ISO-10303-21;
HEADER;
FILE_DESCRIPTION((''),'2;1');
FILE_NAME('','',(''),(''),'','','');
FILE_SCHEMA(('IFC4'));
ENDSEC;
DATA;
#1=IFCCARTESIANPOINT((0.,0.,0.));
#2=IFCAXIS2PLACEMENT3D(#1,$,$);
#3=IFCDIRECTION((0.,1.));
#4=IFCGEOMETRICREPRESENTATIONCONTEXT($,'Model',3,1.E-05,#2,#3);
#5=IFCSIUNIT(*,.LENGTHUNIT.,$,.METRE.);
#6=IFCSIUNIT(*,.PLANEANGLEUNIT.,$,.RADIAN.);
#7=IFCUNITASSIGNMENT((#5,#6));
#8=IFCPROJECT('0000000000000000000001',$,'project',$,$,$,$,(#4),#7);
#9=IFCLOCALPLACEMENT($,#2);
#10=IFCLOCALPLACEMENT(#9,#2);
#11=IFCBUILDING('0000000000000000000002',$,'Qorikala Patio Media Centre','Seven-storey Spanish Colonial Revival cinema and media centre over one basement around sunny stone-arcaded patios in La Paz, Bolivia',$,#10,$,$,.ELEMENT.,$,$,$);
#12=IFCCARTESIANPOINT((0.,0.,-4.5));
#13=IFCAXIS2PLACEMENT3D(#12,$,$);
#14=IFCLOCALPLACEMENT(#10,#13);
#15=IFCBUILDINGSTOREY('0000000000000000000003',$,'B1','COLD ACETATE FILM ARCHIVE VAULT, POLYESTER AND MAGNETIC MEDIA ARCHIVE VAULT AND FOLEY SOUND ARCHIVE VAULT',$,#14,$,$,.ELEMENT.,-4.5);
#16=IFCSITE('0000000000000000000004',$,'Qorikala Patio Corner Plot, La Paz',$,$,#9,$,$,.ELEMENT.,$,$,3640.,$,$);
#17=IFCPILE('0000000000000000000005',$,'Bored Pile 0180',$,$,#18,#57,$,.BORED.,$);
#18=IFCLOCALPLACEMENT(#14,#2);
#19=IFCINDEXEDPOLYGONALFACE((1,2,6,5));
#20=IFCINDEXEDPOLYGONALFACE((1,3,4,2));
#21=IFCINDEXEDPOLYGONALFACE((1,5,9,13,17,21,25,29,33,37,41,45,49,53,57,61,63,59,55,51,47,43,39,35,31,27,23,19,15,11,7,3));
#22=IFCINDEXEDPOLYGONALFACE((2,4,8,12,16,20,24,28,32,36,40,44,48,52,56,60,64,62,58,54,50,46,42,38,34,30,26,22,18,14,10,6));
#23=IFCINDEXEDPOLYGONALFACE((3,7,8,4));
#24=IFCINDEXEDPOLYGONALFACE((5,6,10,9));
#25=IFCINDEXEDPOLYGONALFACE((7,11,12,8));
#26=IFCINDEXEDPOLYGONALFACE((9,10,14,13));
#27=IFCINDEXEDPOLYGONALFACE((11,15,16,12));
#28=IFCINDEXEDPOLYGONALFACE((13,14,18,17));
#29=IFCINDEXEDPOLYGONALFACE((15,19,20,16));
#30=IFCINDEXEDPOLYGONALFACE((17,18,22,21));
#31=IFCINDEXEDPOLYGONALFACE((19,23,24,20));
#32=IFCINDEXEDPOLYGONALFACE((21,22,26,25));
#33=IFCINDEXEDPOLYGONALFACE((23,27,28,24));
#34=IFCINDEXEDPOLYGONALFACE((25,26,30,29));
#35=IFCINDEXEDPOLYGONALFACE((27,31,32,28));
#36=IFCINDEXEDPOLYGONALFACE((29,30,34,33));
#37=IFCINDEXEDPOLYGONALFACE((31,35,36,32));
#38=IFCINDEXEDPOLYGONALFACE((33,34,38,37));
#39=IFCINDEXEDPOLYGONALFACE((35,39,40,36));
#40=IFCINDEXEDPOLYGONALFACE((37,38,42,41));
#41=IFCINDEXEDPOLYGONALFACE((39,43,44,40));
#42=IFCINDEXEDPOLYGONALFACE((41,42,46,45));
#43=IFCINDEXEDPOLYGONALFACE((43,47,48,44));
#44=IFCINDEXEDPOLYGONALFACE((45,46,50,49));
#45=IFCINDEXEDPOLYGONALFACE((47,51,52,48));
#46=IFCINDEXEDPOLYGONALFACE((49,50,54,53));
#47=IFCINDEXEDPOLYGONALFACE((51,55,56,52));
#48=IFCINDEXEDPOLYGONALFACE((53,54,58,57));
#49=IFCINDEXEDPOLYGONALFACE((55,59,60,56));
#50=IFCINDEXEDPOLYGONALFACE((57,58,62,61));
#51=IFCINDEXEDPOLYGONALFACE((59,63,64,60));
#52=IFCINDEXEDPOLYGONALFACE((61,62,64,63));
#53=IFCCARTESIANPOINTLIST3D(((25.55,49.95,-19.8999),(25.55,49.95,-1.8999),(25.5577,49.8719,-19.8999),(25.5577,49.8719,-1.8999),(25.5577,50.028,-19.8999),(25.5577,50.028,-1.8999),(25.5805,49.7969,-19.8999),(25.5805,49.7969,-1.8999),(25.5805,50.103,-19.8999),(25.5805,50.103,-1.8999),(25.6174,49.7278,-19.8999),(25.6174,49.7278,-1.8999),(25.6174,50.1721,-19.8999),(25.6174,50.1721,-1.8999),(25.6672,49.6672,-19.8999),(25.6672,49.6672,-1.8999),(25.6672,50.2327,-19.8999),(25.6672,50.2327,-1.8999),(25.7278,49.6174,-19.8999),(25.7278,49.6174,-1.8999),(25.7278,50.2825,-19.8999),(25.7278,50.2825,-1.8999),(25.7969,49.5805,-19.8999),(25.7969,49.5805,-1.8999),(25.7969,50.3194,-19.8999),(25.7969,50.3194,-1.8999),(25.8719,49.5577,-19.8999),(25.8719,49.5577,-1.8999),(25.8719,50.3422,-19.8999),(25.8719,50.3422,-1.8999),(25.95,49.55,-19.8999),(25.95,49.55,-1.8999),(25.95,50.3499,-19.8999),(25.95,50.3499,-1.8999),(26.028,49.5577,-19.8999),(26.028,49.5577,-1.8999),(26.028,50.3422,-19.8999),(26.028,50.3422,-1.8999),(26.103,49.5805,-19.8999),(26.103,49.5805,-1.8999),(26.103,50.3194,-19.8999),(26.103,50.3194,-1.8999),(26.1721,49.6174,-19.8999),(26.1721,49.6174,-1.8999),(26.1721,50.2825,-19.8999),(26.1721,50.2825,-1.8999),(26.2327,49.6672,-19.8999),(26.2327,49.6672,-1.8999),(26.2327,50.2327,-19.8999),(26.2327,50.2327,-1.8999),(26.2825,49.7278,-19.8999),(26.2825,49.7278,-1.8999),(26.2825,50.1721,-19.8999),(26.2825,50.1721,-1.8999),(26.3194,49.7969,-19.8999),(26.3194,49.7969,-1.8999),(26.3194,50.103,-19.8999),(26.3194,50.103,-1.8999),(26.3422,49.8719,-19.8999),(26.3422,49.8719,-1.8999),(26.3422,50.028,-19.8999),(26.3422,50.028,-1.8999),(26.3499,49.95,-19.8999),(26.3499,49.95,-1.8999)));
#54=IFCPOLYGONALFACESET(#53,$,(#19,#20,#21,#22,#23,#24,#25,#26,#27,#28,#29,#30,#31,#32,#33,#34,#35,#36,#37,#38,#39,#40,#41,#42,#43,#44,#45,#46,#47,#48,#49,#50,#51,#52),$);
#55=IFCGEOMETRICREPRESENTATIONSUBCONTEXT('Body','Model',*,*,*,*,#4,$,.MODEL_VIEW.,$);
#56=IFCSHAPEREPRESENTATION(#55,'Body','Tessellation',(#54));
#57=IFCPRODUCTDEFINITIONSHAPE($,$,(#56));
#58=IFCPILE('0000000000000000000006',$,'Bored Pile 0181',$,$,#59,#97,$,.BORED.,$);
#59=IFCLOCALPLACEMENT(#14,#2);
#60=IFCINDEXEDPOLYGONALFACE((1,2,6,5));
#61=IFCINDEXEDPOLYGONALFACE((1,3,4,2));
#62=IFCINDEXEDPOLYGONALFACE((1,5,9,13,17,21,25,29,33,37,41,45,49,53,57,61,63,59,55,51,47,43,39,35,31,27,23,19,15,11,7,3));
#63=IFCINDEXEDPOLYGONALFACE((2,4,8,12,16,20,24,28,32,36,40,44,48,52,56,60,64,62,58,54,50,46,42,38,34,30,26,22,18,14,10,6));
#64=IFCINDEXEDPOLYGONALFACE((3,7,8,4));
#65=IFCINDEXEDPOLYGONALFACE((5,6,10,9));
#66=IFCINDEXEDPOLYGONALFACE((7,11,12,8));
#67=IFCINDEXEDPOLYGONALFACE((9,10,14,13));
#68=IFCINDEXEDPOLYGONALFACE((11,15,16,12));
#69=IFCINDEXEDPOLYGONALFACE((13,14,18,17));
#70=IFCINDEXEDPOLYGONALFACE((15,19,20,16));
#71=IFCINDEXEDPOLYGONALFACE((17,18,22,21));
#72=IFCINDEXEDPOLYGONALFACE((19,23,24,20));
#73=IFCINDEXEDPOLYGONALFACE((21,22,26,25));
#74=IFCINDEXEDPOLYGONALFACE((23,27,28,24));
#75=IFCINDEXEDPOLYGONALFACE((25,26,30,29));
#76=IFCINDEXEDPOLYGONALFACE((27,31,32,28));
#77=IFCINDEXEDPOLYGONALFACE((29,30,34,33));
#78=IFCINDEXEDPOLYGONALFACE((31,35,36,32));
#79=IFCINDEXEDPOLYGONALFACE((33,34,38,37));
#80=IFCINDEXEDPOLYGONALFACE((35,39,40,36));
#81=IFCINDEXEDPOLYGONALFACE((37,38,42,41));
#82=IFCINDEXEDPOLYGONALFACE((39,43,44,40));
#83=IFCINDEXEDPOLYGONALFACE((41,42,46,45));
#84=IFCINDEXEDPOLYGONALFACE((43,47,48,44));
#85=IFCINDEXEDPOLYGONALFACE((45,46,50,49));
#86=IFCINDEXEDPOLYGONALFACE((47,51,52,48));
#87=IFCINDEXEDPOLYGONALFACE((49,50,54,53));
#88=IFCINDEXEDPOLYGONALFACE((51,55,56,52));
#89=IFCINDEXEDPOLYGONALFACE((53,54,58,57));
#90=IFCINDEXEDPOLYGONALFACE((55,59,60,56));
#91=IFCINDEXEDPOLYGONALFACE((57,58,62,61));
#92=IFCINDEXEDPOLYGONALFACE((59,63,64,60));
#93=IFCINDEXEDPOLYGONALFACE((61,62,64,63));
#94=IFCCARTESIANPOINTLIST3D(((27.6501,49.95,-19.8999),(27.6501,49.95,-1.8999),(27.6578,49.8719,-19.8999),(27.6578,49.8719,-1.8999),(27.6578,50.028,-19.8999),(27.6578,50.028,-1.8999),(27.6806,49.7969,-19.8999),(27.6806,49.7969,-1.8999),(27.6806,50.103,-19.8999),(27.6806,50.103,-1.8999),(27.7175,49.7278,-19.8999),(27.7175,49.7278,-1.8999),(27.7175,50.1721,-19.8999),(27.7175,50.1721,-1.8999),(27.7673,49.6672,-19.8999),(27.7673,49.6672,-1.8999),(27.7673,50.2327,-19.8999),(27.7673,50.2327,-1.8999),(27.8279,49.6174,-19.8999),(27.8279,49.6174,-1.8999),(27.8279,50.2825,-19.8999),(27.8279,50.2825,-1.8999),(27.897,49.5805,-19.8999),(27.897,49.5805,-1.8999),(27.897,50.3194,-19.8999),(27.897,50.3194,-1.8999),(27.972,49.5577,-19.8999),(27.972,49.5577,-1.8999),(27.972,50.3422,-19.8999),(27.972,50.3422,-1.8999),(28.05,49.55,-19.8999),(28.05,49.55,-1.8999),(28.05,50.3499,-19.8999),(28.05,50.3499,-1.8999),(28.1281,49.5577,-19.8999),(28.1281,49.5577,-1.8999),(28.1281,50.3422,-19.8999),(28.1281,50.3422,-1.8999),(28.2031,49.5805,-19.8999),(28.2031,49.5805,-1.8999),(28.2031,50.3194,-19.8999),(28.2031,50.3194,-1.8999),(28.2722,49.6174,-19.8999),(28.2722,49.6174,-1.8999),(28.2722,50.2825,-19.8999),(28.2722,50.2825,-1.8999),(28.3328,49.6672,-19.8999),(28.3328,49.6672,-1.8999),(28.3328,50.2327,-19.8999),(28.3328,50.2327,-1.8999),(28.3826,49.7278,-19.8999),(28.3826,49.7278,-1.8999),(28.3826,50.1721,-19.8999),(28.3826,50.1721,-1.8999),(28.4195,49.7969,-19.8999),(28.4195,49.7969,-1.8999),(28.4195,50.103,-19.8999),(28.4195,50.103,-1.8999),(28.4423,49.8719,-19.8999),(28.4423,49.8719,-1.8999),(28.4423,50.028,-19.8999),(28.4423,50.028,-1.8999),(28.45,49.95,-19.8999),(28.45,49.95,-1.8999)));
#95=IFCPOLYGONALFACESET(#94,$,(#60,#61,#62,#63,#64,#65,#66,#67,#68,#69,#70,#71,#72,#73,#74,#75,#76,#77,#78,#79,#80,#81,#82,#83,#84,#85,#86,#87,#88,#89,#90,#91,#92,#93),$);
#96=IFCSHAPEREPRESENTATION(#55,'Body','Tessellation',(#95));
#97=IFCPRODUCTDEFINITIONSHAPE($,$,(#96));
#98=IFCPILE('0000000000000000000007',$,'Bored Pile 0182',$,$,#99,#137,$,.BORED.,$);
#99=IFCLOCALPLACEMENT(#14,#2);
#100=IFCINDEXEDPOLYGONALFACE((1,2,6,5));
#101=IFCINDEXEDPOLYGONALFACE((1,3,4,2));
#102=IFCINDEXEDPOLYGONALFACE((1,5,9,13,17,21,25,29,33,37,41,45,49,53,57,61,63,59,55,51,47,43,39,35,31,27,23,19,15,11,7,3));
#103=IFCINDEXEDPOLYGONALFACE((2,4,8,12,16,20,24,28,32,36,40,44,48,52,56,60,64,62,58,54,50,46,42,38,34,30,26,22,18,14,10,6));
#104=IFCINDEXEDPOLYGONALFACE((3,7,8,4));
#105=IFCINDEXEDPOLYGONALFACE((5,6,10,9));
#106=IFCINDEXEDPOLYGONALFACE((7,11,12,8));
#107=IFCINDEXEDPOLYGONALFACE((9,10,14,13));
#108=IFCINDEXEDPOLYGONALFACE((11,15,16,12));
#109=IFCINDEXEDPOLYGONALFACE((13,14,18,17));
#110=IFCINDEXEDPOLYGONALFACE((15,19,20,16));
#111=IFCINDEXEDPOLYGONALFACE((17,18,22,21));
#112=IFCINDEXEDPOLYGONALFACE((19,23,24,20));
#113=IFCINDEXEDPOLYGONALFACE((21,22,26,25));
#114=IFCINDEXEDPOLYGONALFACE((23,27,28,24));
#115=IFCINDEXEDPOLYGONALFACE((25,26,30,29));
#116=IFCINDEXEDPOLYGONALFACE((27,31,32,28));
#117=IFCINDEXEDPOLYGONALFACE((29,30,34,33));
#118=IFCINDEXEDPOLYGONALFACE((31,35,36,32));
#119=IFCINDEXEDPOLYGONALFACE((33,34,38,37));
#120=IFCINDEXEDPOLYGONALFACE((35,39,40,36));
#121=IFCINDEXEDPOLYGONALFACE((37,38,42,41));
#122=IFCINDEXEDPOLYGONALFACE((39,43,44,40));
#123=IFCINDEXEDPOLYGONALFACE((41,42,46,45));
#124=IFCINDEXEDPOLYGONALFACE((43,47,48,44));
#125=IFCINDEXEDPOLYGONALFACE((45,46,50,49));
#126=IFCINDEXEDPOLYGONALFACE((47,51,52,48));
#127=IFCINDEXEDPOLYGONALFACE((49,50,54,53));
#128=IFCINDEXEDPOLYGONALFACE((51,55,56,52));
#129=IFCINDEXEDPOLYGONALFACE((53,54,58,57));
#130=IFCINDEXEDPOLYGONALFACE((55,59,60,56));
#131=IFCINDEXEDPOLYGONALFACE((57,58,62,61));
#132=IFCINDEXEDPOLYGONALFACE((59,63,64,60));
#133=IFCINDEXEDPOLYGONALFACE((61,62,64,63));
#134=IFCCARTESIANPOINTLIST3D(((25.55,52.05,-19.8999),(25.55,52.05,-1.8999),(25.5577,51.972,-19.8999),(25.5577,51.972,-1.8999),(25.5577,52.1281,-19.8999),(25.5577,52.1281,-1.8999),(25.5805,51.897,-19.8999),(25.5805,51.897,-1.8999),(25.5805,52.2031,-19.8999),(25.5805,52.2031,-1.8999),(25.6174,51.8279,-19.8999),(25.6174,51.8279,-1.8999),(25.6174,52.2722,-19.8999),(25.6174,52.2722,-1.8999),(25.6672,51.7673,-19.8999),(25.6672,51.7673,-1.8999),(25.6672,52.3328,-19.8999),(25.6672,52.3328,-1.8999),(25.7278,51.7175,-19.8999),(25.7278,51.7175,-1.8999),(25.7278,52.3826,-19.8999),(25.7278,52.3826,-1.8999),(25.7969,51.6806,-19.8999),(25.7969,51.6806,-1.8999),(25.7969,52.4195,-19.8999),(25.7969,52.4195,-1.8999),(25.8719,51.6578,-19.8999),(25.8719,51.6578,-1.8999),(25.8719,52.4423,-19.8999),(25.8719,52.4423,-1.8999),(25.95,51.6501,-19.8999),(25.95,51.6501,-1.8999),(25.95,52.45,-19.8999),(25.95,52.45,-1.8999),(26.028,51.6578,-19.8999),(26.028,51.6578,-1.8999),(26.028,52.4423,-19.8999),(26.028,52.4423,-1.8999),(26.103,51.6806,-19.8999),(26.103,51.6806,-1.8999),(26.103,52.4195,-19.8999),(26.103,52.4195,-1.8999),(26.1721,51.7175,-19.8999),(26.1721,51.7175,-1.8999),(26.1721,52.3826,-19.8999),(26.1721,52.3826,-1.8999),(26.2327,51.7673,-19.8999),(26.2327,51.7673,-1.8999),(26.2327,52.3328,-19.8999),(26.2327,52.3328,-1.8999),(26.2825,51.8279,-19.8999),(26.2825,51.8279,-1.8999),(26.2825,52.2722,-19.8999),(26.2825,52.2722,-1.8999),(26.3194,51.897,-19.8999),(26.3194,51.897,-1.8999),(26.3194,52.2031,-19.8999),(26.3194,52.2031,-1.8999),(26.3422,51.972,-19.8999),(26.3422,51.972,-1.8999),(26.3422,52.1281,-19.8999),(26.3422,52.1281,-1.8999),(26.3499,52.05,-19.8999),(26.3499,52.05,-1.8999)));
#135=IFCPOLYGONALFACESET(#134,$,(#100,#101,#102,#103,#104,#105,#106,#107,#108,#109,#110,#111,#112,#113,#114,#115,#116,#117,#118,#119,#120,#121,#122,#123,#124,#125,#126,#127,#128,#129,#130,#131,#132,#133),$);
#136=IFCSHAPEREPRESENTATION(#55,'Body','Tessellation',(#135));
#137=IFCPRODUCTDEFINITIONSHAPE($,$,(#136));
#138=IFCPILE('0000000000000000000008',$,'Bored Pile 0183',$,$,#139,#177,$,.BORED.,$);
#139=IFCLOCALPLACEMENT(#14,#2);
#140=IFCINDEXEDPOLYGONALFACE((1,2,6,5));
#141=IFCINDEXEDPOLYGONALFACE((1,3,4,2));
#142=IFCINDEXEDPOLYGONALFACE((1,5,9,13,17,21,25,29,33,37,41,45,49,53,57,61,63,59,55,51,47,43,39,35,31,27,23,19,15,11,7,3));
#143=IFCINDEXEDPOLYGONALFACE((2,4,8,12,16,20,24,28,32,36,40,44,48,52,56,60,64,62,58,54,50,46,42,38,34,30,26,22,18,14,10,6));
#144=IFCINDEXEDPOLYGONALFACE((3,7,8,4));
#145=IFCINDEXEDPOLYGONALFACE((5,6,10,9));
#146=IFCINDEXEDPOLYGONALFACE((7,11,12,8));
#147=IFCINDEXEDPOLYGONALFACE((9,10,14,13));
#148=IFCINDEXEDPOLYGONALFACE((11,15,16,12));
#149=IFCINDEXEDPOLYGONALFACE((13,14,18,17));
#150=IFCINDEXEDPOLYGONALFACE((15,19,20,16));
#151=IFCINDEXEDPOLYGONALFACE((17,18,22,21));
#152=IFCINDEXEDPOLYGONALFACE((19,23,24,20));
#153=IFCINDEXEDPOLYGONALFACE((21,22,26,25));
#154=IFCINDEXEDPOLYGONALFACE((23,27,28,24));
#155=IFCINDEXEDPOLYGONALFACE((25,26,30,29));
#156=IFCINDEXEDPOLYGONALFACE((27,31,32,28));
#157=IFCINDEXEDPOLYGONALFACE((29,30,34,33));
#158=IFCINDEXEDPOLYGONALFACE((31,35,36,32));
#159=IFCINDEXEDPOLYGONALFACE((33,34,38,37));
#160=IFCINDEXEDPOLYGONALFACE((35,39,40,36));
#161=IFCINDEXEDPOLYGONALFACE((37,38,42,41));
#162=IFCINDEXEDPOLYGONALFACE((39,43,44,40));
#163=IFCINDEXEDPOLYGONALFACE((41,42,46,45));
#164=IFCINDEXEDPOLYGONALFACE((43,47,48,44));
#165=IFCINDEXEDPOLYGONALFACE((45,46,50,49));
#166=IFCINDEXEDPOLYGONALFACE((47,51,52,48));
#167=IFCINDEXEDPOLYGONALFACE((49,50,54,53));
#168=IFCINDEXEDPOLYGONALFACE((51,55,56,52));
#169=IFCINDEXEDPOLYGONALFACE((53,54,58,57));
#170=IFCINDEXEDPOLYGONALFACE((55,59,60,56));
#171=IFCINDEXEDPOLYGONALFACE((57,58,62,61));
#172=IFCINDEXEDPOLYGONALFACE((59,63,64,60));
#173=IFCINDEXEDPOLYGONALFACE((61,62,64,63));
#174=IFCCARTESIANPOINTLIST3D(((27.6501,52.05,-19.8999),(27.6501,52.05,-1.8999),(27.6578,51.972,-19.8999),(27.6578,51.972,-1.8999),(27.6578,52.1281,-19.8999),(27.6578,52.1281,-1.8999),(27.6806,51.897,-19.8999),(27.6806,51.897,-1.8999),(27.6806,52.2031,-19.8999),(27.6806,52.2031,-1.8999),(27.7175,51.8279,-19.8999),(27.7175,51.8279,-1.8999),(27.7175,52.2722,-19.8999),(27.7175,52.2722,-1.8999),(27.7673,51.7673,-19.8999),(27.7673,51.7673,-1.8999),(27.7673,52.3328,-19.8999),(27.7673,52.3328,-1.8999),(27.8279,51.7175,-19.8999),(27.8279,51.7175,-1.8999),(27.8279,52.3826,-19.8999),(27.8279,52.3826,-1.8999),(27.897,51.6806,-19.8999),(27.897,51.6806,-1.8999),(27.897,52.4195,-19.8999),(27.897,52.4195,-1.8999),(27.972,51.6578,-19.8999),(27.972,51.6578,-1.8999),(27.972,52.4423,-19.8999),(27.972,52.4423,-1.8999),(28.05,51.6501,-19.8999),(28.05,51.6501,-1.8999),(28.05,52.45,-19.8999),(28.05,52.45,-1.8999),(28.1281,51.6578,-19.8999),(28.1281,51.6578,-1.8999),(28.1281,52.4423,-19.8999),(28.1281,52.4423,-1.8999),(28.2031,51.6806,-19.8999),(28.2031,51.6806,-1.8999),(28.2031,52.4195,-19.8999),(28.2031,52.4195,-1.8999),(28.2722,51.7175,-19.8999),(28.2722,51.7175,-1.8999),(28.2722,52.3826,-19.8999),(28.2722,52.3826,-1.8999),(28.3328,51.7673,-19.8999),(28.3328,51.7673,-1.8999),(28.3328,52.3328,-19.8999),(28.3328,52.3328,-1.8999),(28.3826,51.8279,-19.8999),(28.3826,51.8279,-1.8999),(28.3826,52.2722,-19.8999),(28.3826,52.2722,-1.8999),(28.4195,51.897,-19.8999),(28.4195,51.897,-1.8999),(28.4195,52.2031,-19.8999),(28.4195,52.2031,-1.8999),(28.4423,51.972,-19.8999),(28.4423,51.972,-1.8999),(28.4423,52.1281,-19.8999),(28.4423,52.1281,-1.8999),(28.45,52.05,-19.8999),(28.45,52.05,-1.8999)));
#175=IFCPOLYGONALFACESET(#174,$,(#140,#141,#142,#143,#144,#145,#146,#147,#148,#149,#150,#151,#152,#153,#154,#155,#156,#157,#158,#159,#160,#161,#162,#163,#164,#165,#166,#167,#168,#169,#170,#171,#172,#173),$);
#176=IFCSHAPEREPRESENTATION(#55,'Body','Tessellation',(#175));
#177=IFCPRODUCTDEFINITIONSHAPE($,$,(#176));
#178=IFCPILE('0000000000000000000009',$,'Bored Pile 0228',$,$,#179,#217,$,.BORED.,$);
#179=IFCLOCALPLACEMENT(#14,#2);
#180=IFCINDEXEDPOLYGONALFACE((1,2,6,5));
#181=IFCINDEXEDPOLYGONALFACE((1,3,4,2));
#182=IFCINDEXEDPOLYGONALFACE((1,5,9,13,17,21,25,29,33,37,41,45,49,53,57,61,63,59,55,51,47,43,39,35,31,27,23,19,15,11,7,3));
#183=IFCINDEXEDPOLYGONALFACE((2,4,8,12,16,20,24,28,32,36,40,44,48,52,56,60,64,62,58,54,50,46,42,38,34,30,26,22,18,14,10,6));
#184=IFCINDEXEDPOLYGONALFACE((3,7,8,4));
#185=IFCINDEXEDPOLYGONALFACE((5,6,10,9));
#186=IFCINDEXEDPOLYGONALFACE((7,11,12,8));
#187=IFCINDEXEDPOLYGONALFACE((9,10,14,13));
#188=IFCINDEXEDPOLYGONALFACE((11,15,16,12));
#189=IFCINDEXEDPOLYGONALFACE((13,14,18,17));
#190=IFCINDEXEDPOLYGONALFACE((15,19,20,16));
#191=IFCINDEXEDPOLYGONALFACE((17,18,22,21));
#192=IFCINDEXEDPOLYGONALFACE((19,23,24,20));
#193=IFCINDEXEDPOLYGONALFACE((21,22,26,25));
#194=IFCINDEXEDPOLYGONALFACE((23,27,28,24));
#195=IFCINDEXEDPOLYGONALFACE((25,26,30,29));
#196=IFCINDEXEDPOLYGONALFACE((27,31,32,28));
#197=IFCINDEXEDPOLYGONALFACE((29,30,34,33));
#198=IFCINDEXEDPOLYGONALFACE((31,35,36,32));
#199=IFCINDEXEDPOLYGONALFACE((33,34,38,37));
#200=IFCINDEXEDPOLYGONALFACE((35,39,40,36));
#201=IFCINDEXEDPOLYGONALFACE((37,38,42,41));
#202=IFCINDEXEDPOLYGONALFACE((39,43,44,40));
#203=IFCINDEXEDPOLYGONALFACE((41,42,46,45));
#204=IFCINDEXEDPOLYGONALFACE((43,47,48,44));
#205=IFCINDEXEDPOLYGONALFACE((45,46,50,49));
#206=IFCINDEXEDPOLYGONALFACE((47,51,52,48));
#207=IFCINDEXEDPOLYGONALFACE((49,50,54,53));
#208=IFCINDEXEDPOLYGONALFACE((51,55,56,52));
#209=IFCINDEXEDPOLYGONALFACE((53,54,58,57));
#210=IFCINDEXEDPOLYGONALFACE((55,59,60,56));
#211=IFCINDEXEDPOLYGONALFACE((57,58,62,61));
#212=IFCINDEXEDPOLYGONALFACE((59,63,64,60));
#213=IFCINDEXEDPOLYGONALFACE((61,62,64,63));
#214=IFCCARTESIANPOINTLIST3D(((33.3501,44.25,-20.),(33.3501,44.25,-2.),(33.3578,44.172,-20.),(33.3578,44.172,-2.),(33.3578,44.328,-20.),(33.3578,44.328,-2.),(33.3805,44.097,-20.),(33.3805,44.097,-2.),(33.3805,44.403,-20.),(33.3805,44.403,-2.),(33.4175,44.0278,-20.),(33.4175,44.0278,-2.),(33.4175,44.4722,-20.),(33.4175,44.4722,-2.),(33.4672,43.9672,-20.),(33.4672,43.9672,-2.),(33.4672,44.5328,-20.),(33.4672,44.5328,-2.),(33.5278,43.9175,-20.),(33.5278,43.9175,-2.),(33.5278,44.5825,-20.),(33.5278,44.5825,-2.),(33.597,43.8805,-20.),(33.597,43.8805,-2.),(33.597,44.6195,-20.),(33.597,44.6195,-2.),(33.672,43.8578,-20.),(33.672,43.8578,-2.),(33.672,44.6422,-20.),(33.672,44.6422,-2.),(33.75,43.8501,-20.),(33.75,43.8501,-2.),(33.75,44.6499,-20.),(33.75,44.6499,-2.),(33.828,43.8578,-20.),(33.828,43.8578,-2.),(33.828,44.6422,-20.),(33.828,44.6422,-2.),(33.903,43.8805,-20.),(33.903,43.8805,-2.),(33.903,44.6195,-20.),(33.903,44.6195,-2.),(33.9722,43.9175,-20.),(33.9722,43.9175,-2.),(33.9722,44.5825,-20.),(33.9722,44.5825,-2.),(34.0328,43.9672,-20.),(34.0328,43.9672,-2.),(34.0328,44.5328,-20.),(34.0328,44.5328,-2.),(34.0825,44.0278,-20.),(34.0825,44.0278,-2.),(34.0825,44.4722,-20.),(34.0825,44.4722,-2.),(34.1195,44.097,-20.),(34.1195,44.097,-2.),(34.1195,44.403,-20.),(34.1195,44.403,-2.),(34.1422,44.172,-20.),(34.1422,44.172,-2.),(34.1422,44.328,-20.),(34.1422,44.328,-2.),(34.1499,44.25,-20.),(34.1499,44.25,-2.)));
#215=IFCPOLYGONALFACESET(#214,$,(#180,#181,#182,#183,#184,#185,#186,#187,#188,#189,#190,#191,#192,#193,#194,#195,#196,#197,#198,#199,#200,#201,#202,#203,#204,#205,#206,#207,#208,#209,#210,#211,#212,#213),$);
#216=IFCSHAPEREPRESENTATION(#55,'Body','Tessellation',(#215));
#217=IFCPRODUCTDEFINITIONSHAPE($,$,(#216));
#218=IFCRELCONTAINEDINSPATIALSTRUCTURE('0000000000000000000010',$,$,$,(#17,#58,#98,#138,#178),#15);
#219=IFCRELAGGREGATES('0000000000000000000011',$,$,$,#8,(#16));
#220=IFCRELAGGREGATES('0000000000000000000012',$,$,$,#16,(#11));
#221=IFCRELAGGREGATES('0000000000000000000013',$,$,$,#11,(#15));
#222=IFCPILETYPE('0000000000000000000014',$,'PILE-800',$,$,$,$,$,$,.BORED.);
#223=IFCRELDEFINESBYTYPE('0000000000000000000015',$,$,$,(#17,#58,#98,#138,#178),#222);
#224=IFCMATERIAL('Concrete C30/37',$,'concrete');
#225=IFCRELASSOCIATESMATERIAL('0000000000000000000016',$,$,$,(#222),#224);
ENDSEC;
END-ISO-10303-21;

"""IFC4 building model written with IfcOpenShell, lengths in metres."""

from ifc_helpers import new_model, si_unit, direction, frame, origin, origin_2d, place, context, subcontext, project, spatial, circle, extrude, material, material_profile, profile_set, type_object, element, save


model = new_model("IFC4")

# Units and contexts
model_context = context("Model", 3, precision=1e-05, world=origin(), true_north=direction((0.0, 1.0)))
body_context = subcontext(model_context, "Body", "Model", "MODEL_VIEW")
ifc_project = project(units=[si_unit("LENGTHUNIT", "METRE"), si_unit("PLANEANGLEUNIT", "RADIAN")], contexts=[model_context])

# Site, building, storey
site_placement = place(None, origin())
site = spatial("IfcSite", under=ifc_project, at=site_placement, Name="Qorikala Patio Corner Plot, La Paz", CompositionType="ELEMENT", RefElevation=3640.0)
building_placement = place(site_placement, origin())
building = spatial("IfcBuilding", under=site, at=building_placement, Name="Qorikala Patio Media Centre", Description="Seven-storey Spanish Colonial Revival cinema and media centre over one basement around sunny stone-arcaded patios in La Paz, Bolivia", CompositionType="ELEMENT")
storey_placement = place(building_placement, frame((0.0, 0.0, -4.5)))
storey = spatial("IfcBuildingStorey", under=building, at=storey_placement, Name="B1", Description="COLD ACETATE FILM ARCHIVE VAULT, POLYESTER AND MAGNETIC MEDIA ARCHIVE VAULT AND FOLEY SOUND ARCHIVE VAULT", CompositionType="ELEMENT", Elevation=-4.5)

# Shared definitions
ifc_material_1 = material(Name="Concrete C30/37", Category="concrete")

# Piles
ifc_material_profile_1 = material_profile(ifc_material_1, circle(Radius=0.3999, at=origin_2d()), Name="BORED PILE 800")
ifc_profile_set_1 = profile_set([ifc_material_profile_1], Name="Concrete C30/37")
pile_type = type_object("IfcPileType", Name="PILE-800", PredefinedType="BORED", material=ifc_profile_set_1)
for number, where, z_axis, x_axis, name in (
    (1, (25.95, 49.95, -1.8999), (0.0, 0.0, -1.0), (1.0, 0.0, 0.0), "Bored Pile 0180"),
    (2, (28.05, 49.95, -1.8999), (0.0, 0.0, -1.0), (1.0, 0.0, 0.0), "Bored Pile 0181"),
    (3, (25.95, 52.05, -1.8999), (0.0, 0.0, -1.0), (1.0, 0.0, 0.0), "Bored Pile 0182"),
    (4, (28.05, 52.05, -1.8999), (0.0, 0.0, -1.0), (1.0, 0.0, 0.0), "Bored Pile 0183"),
    (5, (33.75, 44.25, -2.0), (0.0, 0.0, -1.0), (1.0, 0.0, 0.0), "Bored Pile 0228"),
):
    element("IfcPile", number, at=place(storey_placement, frame(where, z_axis=z_axis, x_axis=x_axis)), inside=storey, type_object=pile_type, Name=name, PredefinedType="BORED", context=body_context, shape_type="SweptSolid", body=[
        extrude(circle(Radius=0.3999, at=origin_2d()), origin(), (0.0, 0.0, 1.0), 18.0),
    ])

save(model, "model.ifc")
